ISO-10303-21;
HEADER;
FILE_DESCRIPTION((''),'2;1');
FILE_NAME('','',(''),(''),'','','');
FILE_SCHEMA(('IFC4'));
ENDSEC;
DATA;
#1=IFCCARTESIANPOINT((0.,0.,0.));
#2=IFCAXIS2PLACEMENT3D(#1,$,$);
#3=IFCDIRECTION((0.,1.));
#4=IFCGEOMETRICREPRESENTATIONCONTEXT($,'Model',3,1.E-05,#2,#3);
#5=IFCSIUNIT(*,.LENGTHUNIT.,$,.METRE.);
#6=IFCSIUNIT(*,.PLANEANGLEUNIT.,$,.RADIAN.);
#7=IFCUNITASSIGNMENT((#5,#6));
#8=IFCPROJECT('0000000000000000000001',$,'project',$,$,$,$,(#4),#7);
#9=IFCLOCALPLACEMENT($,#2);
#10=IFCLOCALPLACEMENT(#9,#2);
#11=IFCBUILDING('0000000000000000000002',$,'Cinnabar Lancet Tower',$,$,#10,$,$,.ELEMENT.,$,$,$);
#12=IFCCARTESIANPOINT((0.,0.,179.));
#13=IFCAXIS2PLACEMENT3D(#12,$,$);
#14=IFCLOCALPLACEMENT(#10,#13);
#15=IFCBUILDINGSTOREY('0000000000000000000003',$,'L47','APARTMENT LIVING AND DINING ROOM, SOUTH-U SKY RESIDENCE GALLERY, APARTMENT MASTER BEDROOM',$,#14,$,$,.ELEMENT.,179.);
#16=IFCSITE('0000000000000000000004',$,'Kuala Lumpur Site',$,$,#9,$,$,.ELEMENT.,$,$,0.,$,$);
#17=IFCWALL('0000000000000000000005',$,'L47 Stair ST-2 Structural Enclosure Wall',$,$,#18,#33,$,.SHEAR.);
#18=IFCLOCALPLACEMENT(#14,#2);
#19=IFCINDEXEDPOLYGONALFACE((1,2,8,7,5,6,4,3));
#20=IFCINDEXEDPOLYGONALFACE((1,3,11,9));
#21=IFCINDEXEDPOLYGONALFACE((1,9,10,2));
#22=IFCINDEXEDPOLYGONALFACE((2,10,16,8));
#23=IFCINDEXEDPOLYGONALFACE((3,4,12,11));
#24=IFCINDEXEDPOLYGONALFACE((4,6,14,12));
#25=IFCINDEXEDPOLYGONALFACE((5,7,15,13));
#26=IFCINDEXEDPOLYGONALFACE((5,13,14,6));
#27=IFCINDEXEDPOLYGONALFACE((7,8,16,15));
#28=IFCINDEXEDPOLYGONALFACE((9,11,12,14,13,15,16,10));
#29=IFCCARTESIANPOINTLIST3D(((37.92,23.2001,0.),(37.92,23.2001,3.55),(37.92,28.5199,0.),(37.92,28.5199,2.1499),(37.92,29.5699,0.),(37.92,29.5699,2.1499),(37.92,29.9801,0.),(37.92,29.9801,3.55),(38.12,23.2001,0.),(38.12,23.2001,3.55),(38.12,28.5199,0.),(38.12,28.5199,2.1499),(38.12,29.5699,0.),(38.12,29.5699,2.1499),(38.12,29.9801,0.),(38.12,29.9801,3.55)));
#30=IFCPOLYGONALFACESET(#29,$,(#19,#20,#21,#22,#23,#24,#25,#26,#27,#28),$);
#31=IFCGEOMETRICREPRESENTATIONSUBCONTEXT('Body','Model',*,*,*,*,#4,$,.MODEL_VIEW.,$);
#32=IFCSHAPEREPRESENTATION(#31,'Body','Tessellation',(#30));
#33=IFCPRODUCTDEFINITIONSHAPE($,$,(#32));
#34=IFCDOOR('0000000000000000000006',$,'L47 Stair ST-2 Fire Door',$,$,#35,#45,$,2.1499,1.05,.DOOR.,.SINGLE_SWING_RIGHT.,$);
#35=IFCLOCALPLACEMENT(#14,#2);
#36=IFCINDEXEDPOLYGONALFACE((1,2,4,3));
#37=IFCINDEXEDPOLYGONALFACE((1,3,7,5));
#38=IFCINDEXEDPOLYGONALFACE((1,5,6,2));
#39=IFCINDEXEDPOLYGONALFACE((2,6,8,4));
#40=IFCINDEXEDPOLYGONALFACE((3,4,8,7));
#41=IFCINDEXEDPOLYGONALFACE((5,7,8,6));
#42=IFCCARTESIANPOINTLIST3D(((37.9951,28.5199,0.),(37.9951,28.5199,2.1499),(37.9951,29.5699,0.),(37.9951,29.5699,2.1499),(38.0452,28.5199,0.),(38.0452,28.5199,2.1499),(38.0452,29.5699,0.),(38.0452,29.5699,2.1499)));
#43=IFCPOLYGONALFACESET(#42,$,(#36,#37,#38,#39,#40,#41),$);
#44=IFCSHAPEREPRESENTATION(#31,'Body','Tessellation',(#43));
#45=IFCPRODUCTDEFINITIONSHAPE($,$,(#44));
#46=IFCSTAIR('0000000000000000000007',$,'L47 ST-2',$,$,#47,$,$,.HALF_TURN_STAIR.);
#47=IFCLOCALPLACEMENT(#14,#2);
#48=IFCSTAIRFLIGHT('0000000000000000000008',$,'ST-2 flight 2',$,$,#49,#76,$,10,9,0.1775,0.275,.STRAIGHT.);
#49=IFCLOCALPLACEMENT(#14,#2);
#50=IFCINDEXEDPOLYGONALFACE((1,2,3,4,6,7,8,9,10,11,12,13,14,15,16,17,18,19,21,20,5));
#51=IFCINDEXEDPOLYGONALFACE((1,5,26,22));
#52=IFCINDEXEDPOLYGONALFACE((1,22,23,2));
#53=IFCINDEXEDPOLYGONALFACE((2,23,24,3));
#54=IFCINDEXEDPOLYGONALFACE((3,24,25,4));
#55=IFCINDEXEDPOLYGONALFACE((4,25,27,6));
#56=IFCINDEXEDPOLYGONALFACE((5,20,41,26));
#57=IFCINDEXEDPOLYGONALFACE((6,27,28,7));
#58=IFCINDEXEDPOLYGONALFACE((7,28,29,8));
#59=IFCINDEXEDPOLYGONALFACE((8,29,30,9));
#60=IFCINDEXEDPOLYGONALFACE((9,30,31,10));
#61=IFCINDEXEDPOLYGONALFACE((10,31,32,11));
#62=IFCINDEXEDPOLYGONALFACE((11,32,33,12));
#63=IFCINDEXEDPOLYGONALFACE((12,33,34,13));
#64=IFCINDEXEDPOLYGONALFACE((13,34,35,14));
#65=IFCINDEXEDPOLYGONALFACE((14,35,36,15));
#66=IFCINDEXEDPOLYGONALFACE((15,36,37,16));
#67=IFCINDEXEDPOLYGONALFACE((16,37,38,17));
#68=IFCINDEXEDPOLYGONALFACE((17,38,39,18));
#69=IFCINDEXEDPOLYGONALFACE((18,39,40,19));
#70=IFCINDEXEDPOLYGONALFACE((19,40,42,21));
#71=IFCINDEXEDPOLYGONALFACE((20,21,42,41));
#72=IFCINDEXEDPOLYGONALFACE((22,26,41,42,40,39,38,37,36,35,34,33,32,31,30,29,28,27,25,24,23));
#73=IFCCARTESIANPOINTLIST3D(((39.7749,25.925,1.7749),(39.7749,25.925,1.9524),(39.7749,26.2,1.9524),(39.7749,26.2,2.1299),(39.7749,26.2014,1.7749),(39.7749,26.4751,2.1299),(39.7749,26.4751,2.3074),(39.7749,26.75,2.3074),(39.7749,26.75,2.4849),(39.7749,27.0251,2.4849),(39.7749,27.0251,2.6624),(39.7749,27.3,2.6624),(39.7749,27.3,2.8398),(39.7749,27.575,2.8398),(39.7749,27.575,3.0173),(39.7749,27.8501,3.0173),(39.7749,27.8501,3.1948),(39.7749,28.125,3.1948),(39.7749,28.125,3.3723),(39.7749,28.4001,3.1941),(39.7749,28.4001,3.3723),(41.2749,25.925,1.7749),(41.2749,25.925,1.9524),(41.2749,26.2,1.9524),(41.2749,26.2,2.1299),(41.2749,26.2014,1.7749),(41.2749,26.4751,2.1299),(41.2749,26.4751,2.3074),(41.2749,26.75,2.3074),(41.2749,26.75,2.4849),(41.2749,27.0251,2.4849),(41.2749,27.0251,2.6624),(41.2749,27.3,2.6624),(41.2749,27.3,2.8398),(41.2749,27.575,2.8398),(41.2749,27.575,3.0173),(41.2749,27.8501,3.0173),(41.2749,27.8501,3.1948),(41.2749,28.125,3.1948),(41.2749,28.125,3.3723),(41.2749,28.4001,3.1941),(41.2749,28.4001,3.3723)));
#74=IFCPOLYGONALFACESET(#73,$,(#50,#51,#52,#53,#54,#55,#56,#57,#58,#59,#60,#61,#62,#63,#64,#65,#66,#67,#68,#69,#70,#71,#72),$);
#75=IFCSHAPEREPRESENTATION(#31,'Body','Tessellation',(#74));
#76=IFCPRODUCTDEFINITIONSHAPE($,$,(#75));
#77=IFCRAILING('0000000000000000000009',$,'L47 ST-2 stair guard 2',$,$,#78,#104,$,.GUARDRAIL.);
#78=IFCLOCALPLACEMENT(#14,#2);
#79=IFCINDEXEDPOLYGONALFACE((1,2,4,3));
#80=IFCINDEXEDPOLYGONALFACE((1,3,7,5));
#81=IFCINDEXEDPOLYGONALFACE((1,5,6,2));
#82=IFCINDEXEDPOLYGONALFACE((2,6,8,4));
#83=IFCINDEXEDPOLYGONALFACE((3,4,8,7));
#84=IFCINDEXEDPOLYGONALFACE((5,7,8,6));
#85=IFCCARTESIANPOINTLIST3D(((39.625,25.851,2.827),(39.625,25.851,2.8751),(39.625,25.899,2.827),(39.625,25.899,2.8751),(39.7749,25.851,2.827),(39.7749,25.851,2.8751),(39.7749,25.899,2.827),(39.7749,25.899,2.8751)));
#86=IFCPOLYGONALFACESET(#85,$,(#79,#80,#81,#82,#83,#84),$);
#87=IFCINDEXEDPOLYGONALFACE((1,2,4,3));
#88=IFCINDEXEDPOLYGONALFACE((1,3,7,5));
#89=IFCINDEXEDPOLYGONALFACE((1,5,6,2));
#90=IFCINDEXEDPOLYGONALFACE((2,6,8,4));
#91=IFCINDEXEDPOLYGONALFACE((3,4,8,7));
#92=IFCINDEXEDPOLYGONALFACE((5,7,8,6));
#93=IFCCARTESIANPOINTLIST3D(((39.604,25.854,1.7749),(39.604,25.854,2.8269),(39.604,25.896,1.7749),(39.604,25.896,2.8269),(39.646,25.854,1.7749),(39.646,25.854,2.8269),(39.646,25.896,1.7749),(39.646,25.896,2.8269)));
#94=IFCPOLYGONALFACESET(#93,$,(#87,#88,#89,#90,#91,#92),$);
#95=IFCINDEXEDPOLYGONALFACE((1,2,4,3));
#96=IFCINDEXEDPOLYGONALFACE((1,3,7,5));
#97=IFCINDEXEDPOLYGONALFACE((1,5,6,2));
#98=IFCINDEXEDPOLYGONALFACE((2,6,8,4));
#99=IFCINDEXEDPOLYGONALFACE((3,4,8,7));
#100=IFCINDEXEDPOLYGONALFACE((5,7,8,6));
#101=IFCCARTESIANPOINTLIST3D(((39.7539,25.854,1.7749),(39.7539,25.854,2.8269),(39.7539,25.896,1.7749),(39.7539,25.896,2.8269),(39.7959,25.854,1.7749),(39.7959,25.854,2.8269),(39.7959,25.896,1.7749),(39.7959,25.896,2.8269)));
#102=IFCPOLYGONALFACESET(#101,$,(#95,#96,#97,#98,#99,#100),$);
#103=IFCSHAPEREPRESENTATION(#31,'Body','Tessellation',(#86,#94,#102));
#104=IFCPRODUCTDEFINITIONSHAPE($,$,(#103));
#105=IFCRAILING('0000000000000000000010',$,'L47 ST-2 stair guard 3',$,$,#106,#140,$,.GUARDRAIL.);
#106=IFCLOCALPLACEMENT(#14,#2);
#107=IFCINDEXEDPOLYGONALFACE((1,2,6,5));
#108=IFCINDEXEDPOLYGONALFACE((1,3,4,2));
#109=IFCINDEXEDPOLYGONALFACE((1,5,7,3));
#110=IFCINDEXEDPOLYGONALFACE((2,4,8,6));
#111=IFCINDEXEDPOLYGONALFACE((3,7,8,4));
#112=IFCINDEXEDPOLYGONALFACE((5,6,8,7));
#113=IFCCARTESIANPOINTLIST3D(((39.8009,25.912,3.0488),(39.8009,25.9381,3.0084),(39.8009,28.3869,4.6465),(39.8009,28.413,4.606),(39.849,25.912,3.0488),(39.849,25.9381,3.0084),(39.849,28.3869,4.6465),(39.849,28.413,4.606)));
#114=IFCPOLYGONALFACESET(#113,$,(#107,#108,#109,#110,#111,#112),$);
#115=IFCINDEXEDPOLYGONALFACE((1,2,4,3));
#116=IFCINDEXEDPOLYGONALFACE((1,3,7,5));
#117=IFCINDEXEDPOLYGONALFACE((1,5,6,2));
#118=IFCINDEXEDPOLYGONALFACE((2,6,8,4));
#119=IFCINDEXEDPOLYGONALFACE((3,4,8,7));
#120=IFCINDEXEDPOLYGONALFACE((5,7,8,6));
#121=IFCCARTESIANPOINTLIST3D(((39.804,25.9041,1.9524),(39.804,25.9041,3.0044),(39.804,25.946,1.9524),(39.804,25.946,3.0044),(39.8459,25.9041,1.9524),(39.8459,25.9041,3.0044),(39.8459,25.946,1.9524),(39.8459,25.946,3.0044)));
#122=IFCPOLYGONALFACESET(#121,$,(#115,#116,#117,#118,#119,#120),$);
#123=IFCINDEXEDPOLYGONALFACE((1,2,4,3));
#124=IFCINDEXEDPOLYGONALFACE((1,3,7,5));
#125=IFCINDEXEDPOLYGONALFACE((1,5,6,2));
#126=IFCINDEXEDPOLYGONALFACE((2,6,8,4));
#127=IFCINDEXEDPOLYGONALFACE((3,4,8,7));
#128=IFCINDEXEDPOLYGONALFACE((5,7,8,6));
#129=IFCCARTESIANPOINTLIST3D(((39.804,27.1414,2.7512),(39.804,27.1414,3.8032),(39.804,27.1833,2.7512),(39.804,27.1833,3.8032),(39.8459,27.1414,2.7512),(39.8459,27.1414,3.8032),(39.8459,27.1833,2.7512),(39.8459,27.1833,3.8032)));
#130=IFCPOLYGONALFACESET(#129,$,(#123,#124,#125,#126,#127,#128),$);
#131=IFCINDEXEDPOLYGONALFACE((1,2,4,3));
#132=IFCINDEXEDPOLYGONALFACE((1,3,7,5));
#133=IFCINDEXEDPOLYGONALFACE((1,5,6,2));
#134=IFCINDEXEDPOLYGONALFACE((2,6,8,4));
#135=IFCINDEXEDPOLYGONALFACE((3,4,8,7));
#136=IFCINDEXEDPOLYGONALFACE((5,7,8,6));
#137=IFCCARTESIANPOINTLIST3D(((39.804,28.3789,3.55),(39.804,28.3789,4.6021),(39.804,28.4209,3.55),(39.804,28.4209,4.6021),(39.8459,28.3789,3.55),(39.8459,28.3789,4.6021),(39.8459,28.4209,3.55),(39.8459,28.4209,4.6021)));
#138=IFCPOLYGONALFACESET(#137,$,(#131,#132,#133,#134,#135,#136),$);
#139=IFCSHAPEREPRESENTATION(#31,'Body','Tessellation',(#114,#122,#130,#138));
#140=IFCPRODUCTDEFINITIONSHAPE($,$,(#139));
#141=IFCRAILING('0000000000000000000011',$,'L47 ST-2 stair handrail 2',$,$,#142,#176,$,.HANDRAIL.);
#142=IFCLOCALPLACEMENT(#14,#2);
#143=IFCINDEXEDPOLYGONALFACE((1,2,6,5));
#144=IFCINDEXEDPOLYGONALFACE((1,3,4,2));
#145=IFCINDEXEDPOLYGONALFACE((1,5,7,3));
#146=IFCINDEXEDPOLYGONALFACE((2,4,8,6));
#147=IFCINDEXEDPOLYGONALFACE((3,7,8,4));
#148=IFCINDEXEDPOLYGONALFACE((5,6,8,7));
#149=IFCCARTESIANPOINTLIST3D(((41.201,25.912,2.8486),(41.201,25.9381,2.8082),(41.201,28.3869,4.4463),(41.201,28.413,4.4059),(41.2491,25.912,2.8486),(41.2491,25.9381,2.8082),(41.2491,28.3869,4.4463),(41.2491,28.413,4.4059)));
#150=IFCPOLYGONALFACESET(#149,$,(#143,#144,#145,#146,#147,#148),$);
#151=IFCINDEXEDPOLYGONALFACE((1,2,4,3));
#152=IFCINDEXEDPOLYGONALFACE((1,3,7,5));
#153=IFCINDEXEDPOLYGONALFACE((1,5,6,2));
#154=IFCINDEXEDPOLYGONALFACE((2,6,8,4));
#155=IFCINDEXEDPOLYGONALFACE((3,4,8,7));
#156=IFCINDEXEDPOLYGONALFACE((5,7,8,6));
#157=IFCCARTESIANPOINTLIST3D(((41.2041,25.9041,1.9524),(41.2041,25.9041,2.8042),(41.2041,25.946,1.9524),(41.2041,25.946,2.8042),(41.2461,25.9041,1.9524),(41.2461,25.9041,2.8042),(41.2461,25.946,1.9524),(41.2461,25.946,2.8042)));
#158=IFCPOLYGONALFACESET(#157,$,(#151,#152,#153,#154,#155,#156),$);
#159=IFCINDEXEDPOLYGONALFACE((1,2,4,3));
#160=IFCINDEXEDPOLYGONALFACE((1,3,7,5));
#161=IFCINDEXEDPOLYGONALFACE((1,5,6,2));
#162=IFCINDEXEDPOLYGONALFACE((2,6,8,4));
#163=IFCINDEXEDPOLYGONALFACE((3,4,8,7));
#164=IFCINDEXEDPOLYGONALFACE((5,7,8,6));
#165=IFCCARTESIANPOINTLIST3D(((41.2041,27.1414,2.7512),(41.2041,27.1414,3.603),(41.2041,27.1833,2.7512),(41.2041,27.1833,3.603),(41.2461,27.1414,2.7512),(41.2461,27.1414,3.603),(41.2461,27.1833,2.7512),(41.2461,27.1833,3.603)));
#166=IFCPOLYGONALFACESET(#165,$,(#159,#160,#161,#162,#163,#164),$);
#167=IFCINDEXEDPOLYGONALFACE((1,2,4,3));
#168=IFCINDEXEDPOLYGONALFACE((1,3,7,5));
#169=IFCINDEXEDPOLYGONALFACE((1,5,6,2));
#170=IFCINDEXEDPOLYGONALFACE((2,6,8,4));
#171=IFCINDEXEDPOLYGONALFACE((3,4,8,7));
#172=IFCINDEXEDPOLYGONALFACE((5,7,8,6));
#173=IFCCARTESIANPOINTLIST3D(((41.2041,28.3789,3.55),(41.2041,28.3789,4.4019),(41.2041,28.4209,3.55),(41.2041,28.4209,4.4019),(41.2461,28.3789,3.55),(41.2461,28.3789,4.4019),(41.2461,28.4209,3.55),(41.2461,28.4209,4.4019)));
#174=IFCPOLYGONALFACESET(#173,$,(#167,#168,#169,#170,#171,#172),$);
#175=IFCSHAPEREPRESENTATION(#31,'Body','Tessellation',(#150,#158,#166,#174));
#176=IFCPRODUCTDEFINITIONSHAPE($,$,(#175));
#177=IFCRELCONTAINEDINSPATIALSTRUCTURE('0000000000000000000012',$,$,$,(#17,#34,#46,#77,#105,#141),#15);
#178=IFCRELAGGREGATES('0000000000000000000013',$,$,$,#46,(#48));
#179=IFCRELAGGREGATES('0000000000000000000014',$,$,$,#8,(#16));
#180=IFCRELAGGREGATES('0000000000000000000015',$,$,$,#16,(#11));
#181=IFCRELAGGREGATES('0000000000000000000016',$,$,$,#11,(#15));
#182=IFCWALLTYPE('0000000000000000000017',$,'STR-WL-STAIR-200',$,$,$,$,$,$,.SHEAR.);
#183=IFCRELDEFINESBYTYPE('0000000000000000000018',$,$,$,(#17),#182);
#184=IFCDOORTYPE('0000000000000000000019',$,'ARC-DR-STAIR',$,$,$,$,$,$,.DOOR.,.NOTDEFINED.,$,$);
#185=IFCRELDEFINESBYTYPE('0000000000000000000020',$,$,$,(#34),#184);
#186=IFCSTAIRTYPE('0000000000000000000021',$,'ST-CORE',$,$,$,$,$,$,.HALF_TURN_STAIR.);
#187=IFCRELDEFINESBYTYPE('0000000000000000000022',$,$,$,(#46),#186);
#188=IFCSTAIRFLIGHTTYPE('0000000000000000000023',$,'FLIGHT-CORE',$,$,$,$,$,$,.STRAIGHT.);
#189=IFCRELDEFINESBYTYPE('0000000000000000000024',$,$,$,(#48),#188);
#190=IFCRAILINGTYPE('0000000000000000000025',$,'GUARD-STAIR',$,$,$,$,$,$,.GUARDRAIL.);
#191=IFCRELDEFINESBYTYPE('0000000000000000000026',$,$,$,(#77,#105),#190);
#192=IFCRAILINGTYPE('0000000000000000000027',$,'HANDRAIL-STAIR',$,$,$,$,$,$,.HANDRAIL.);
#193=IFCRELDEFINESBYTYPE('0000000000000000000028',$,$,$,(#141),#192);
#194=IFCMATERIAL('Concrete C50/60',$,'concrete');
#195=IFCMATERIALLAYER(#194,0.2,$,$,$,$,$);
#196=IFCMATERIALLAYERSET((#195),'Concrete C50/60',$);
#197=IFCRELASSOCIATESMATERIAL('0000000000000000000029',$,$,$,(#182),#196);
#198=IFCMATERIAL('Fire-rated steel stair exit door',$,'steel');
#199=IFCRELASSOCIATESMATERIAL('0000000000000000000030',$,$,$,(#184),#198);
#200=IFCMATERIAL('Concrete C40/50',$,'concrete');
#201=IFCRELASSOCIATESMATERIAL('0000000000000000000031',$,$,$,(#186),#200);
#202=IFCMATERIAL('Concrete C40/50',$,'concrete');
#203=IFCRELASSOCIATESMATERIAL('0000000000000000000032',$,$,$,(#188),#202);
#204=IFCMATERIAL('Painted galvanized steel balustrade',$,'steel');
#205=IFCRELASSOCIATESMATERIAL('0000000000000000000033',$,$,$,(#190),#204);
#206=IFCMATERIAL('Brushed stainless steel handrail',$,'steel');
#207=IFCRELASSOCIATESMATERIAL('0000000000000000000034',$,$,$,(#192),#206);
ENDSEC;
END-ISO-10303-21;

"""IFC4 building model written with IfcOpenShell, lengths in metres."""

from ifc_helpers import new_model, si_unit, direction, frame, frame_2d, origin, origin_2d, place, context, subcontext, project, spatial, polyline, rectangle, outline, extrude, material, layer, layer_set, type_object, element, fill, aggregate, save


model = new_model("IFC4")

# Units and contexts
model_context = context("Model", 3, precision=1e-05, world=origin(), true_north=direction((0.0, 1.0)))
body_context = subcontext(model_context, "Body", "Model", "MODEL_VIEW")
ifc_project = project(units=[si_unit("LENGTHUNIT", "METRE"), si_unit("PLANEANGLEUNIT", "RADIAN")], contexts=[model_context])

# Site, building, storey
site_placement = place(None, origin())
site = spatial("IfcSite", under=ifc_project, at=site_placement, Name="Kuala Lumpur Site", CompositionType="ELEMENT", RefElevation=0.0)
building_placement = place(site_placement, origin())
building = spatial("IfcBuilding", under=site, at=building_placement, Name="Cinnabar Lancet Tower", CompositionType="ELEMENT")
storey_placement = place(building_placement, frame((0.0, 0.0, 179.0)))
storey = spatial("IfcBuildingStorey", under=building, at=storey_placement, Name="L47", Description="APARTMENT LIVING AND DINING ROOM, SOUTH-U SKY RESIDENCE GALLERY, APARTMENT MASTER BEDROOM", CompositionType="ELEMENT", Elevation=179.0)

# Wall, opening, door
ifc_material_1 = material(Name="Concrete C50/60", Category="concrete")
ifc_layer_1 = layer(ifc_material_1, 0.2)
ifc_layer_set_1 = layer_set([ifc_layer_1], Name="Concrete C50/60")
wall_type_1 = type_object("IfcWallType", Name="STR-WL-STAIR-200", PredefinedType="SHEAR", material=ifc_layer_set_1)
wall_1_placement = place(storey_placement, frame((38.02, 23.2, 0.0), z_axis=(0.0, 0.0, 1.0), x_axis=(0.0, 1.0, 0.0)))
wall_1 = element("IfcWall", 1, at=wall_1_placement, inside=storey, type_object=wall_type_1, Name="L47 Stair ST-2 Structural Enclosure Wall", PredefinedType="SHEAR", context=body_context, shape_type="SweptSolid", body=[
    extrude(rectangle(XDim=6.78, YDim=0.2, at=frame_2d((3.3901, 0.0))), origin(), (0.0, 0.0, 1.0), 3.55),
])
opening_1_placement = place(wall_1_placement, frame((5.3201, 0.0, 0.0)))
opening_1 = element("IfcOpeningElement", 2, at=opening_1_placement, cuts=wall_1, PredefinedType="OPENING", context=body_context, shape_type="SweptSolid", body=[
    extrude(rectangle(XDim=1.05, YDim=2.1499, at=frame_2d((0.5249, 1.075))), frame((0.0, 0.1099, 0.0), z_axis=(0.0, -1.0, 0.0), x_axis=(1.0, 0.0, 0.0)), (0.0, 0.0, 1.0), 0.22),
])
ifc_material_2 = material(Name="Fire-rated steel stair exit door", Category="steel")
door_type_1 = type_object("IfcDoorType", Name="ARC-DR-STAIR", OperationType="NOTDEFINED", PredefinedType="DOOR", material=ifc_material_2)
door_1_placement = place(opening_1_placement, origin())
door_1 = element("IfcDoor", 3, at=door_1_placement, inside=storey, type_object=door_type_1, Name="L47 Stair ST-2 Fire Door", OperationType="SINGLE_SWING_RIGHT", OverallHeight=2.1499, OverallWidth=1.05, PredefinedType="DOOR", context=body_context, shape_type="SweptSolid", body=[
    extrude(rectangle(XDim=1.05, YDim=2.1499, at=frame_2d((0.5249, 1.075))), frame((0.0, 0.0249, 0.0), z_axis=(0.0, -1.0, 0.0), x_axis=(1.0, 0.0, 0.0)), (0.0, 0.0, 1.0), 0.05),
])
fill(opening_1, door_1)

# Stair, stair flight
ifc_material_3 = material(Name="Concrete C40/50", Category="concrete")
stair_type = type_object("IfcStairType", Name="ST-CORE", PredefinedType="HALF_TURN_STAIR", material=ifc_material_3)
stair_placement = place(storey_placement, origin())
stair = element("IfcStair", 4, at=stair_placement, inside=storey, type_object=stair_type, Name="L47 ST-2", PredefinedType="HALF_TURN_STAIR")
ifc_material_4 = material(Name="Concrete C40/50", Category="concrete")
stair_flight_type = type_object("IfcStairFlightType", Name="FLIGHT-CORE", PredefinedType="STRAIGHT", material=ifc_material_4)
stair_flight_placement = place(storey_placement, frame((40.5249, 25.925, 1.7749), z_axis=(0.0, 0.0, 1.0), x_axis=(0.0, 1.0, 0.0)))
stair_flight = element("IfcStairFlight", 5, at=stair_flight_placement, type_object=stair_flight_type, Name="ST-2 flight 2", NumberOfRisers=10, NumberOfTreads=9, PredefinedType="STRAIGHT", RiserHeight=0.1775, TreadLength=0.275, context=body_context, shape_type="SweptSolid", body=[
    extrude(outline(polyline([(0.0, 0.0), (0.0, 0.1775), (0.2749, 0.1775), (0.2749, 0.355), (0.55, 0.355), (0.55, 0.5325), (0.825, 0.5325), (0.825, 0.71), (1.1001, 0.71), (1.1001, 0.8875), (1.375, 0.8875), (1.375, 1.0649), (1.6499, 1.0649), (1.6499, 1.2424), (1.925, 1.2424), (1.925, 1.4199), (2.2, 1.4199), (2.2, 1.5974), (2.4751, 1.5974), (2.4751, 1.7749), (2.4751, 1.4192), (0.2764, 0.0), (0.0, 0.0)])), frame((0.0, 0.75, 0.0), z_axis=(0.0, -1.0, 0.0), x_axis=(1.0, 0.0, 0.0)), (0.0, 0.0, 1.0), 1.5),
])
aggregate(stair, [stair_flight])

# Railings
ifc_material_5 = material(Name="Painted galvanized steel balustrade", Category="steel")
railing_type_1 = type_object("IfcRailingType", Name="GUARD-STAIR", PredefinedType="GUARDRAIL", material=ifc_material_5)
railing_1_placement = place(storey_placement, frame((39.625, 25.875, 1.7749)))
element("IfcRailing", 6, at=railing_1_placement, inside=storey, type_object=railing_type_1, Name="L47 ST-2 stair guard 2", PredefinedType="GUARDRAIL", context=body_context, shape_type="SweptSolid", body=[
    extrude(rectangle(XDim=0.0481, YDim=0.0481, at=origin_2d()), frame((0.0, 0.0, 1.0762), z_axis=(1.0, 0.0, 0.0), x_axis=(0.0, 1.0, 0.0)), (0.0, 0.0, 1.0), 0.1499),
    extrude(rectangle(XDim=0.042, YDim=0.042, at=origin_2d()), origin(), (0.0, 0.0, 1.0), 1.052),
    extrude(rectangle(XDim=0.042, YDim=0.042, at=origin_2d()), frame((0.1499, 0.0, 0.0)), (0.0, 0.0, 1.0), 1.052),
])
railing_2_placement = place(storey_placement, frame((39.825, 25.925, 1.9524)))
element("IfcRailing", 7, at=railing_2_placement, inside=storey, type_object=railing_type_1, Name="L47 ST-2 stair guard 3", PredefinedType="GUARDRAIL", context=body_context, shape_type="SweptSolid", body=[
    extrude(rectangle(XDim=0.0481, YDim=0.0481, at=origin_2d()), frame((0.0, 0.0, 1.0762), z_axis=(0.0, 0.840146, 0.542361), x_axis=(-1.0, 0.0, 0.0)), (0.0, 0.0, 1.0), 2.9458),
    extrude(rectangle(XDim=0.042, YDim=0.042, at=origin_2d()), origin(), (0.0, 0.0, 1.0), 1.052),
    extrude(rectangle(XDim=0.042, YDim=0.042, at=origin_2d()), frame((0.0, 1.2373, 0.7988)), (0.0, 0.0, 1.0), 1.052),
    extrude(rectangle(XDim=0.042, YDim=0.042, at=origin_2d()), frame((0.0, 2.4749, 1.5977)), (0.0, 0.0, 1.0), 1.052),
])
ifc_material_6 = material(Name="Brushed stainless steel handrail", Category="steel")
railing_type_2 = type_object("IfcRailingType", Name="HANDRAIL-STAIR", PredefinedType="HANDRAIL", material=ifc_material_6)
railing_3_placement = place(storey_placement, frame((41.2251, 25.925, 1.9524)))
element("IfcRailing", 8, at=railing_3_placement, inside=storey, type_object=railing_type_2, Name="L47 ST-2 stair handrail 2", PredefinedType="HANDRAIL", context=body_context, shape_type="SweptSolid", body=[
    extrude(rectangle(XDim=0.0481, YDim=0.0481, at=origin_2d()), frame((0.0, 0.0, 0.876), z_axis=(0.0, 0.840146, 0.542361), x_axis=(-1.0, 0.0, 0.0)), (0.0, 0.0, 1.0), 2.9458),
    extrude(rectangle(XDim=0.042, YDim=0.042, at=origin_2d()), origin(), (0.0, 0.0, 1.0), 0.8518),
    extrude(rectangle(XDim=0.042, YDim=0.042, at=origin_2d()), frame((0.0, 1.2373, 0.7988)), (0.0, 0.0, 1.0), 0.8518),
    extrude(rectangle(XDim=0.042, YDim=0.042, at=origin_2d()), frame((0.0, 2.4749, 1.5977)), (0.0, 0.0, 1.0), 0.8518),
])

save(model, "model.ifc")
